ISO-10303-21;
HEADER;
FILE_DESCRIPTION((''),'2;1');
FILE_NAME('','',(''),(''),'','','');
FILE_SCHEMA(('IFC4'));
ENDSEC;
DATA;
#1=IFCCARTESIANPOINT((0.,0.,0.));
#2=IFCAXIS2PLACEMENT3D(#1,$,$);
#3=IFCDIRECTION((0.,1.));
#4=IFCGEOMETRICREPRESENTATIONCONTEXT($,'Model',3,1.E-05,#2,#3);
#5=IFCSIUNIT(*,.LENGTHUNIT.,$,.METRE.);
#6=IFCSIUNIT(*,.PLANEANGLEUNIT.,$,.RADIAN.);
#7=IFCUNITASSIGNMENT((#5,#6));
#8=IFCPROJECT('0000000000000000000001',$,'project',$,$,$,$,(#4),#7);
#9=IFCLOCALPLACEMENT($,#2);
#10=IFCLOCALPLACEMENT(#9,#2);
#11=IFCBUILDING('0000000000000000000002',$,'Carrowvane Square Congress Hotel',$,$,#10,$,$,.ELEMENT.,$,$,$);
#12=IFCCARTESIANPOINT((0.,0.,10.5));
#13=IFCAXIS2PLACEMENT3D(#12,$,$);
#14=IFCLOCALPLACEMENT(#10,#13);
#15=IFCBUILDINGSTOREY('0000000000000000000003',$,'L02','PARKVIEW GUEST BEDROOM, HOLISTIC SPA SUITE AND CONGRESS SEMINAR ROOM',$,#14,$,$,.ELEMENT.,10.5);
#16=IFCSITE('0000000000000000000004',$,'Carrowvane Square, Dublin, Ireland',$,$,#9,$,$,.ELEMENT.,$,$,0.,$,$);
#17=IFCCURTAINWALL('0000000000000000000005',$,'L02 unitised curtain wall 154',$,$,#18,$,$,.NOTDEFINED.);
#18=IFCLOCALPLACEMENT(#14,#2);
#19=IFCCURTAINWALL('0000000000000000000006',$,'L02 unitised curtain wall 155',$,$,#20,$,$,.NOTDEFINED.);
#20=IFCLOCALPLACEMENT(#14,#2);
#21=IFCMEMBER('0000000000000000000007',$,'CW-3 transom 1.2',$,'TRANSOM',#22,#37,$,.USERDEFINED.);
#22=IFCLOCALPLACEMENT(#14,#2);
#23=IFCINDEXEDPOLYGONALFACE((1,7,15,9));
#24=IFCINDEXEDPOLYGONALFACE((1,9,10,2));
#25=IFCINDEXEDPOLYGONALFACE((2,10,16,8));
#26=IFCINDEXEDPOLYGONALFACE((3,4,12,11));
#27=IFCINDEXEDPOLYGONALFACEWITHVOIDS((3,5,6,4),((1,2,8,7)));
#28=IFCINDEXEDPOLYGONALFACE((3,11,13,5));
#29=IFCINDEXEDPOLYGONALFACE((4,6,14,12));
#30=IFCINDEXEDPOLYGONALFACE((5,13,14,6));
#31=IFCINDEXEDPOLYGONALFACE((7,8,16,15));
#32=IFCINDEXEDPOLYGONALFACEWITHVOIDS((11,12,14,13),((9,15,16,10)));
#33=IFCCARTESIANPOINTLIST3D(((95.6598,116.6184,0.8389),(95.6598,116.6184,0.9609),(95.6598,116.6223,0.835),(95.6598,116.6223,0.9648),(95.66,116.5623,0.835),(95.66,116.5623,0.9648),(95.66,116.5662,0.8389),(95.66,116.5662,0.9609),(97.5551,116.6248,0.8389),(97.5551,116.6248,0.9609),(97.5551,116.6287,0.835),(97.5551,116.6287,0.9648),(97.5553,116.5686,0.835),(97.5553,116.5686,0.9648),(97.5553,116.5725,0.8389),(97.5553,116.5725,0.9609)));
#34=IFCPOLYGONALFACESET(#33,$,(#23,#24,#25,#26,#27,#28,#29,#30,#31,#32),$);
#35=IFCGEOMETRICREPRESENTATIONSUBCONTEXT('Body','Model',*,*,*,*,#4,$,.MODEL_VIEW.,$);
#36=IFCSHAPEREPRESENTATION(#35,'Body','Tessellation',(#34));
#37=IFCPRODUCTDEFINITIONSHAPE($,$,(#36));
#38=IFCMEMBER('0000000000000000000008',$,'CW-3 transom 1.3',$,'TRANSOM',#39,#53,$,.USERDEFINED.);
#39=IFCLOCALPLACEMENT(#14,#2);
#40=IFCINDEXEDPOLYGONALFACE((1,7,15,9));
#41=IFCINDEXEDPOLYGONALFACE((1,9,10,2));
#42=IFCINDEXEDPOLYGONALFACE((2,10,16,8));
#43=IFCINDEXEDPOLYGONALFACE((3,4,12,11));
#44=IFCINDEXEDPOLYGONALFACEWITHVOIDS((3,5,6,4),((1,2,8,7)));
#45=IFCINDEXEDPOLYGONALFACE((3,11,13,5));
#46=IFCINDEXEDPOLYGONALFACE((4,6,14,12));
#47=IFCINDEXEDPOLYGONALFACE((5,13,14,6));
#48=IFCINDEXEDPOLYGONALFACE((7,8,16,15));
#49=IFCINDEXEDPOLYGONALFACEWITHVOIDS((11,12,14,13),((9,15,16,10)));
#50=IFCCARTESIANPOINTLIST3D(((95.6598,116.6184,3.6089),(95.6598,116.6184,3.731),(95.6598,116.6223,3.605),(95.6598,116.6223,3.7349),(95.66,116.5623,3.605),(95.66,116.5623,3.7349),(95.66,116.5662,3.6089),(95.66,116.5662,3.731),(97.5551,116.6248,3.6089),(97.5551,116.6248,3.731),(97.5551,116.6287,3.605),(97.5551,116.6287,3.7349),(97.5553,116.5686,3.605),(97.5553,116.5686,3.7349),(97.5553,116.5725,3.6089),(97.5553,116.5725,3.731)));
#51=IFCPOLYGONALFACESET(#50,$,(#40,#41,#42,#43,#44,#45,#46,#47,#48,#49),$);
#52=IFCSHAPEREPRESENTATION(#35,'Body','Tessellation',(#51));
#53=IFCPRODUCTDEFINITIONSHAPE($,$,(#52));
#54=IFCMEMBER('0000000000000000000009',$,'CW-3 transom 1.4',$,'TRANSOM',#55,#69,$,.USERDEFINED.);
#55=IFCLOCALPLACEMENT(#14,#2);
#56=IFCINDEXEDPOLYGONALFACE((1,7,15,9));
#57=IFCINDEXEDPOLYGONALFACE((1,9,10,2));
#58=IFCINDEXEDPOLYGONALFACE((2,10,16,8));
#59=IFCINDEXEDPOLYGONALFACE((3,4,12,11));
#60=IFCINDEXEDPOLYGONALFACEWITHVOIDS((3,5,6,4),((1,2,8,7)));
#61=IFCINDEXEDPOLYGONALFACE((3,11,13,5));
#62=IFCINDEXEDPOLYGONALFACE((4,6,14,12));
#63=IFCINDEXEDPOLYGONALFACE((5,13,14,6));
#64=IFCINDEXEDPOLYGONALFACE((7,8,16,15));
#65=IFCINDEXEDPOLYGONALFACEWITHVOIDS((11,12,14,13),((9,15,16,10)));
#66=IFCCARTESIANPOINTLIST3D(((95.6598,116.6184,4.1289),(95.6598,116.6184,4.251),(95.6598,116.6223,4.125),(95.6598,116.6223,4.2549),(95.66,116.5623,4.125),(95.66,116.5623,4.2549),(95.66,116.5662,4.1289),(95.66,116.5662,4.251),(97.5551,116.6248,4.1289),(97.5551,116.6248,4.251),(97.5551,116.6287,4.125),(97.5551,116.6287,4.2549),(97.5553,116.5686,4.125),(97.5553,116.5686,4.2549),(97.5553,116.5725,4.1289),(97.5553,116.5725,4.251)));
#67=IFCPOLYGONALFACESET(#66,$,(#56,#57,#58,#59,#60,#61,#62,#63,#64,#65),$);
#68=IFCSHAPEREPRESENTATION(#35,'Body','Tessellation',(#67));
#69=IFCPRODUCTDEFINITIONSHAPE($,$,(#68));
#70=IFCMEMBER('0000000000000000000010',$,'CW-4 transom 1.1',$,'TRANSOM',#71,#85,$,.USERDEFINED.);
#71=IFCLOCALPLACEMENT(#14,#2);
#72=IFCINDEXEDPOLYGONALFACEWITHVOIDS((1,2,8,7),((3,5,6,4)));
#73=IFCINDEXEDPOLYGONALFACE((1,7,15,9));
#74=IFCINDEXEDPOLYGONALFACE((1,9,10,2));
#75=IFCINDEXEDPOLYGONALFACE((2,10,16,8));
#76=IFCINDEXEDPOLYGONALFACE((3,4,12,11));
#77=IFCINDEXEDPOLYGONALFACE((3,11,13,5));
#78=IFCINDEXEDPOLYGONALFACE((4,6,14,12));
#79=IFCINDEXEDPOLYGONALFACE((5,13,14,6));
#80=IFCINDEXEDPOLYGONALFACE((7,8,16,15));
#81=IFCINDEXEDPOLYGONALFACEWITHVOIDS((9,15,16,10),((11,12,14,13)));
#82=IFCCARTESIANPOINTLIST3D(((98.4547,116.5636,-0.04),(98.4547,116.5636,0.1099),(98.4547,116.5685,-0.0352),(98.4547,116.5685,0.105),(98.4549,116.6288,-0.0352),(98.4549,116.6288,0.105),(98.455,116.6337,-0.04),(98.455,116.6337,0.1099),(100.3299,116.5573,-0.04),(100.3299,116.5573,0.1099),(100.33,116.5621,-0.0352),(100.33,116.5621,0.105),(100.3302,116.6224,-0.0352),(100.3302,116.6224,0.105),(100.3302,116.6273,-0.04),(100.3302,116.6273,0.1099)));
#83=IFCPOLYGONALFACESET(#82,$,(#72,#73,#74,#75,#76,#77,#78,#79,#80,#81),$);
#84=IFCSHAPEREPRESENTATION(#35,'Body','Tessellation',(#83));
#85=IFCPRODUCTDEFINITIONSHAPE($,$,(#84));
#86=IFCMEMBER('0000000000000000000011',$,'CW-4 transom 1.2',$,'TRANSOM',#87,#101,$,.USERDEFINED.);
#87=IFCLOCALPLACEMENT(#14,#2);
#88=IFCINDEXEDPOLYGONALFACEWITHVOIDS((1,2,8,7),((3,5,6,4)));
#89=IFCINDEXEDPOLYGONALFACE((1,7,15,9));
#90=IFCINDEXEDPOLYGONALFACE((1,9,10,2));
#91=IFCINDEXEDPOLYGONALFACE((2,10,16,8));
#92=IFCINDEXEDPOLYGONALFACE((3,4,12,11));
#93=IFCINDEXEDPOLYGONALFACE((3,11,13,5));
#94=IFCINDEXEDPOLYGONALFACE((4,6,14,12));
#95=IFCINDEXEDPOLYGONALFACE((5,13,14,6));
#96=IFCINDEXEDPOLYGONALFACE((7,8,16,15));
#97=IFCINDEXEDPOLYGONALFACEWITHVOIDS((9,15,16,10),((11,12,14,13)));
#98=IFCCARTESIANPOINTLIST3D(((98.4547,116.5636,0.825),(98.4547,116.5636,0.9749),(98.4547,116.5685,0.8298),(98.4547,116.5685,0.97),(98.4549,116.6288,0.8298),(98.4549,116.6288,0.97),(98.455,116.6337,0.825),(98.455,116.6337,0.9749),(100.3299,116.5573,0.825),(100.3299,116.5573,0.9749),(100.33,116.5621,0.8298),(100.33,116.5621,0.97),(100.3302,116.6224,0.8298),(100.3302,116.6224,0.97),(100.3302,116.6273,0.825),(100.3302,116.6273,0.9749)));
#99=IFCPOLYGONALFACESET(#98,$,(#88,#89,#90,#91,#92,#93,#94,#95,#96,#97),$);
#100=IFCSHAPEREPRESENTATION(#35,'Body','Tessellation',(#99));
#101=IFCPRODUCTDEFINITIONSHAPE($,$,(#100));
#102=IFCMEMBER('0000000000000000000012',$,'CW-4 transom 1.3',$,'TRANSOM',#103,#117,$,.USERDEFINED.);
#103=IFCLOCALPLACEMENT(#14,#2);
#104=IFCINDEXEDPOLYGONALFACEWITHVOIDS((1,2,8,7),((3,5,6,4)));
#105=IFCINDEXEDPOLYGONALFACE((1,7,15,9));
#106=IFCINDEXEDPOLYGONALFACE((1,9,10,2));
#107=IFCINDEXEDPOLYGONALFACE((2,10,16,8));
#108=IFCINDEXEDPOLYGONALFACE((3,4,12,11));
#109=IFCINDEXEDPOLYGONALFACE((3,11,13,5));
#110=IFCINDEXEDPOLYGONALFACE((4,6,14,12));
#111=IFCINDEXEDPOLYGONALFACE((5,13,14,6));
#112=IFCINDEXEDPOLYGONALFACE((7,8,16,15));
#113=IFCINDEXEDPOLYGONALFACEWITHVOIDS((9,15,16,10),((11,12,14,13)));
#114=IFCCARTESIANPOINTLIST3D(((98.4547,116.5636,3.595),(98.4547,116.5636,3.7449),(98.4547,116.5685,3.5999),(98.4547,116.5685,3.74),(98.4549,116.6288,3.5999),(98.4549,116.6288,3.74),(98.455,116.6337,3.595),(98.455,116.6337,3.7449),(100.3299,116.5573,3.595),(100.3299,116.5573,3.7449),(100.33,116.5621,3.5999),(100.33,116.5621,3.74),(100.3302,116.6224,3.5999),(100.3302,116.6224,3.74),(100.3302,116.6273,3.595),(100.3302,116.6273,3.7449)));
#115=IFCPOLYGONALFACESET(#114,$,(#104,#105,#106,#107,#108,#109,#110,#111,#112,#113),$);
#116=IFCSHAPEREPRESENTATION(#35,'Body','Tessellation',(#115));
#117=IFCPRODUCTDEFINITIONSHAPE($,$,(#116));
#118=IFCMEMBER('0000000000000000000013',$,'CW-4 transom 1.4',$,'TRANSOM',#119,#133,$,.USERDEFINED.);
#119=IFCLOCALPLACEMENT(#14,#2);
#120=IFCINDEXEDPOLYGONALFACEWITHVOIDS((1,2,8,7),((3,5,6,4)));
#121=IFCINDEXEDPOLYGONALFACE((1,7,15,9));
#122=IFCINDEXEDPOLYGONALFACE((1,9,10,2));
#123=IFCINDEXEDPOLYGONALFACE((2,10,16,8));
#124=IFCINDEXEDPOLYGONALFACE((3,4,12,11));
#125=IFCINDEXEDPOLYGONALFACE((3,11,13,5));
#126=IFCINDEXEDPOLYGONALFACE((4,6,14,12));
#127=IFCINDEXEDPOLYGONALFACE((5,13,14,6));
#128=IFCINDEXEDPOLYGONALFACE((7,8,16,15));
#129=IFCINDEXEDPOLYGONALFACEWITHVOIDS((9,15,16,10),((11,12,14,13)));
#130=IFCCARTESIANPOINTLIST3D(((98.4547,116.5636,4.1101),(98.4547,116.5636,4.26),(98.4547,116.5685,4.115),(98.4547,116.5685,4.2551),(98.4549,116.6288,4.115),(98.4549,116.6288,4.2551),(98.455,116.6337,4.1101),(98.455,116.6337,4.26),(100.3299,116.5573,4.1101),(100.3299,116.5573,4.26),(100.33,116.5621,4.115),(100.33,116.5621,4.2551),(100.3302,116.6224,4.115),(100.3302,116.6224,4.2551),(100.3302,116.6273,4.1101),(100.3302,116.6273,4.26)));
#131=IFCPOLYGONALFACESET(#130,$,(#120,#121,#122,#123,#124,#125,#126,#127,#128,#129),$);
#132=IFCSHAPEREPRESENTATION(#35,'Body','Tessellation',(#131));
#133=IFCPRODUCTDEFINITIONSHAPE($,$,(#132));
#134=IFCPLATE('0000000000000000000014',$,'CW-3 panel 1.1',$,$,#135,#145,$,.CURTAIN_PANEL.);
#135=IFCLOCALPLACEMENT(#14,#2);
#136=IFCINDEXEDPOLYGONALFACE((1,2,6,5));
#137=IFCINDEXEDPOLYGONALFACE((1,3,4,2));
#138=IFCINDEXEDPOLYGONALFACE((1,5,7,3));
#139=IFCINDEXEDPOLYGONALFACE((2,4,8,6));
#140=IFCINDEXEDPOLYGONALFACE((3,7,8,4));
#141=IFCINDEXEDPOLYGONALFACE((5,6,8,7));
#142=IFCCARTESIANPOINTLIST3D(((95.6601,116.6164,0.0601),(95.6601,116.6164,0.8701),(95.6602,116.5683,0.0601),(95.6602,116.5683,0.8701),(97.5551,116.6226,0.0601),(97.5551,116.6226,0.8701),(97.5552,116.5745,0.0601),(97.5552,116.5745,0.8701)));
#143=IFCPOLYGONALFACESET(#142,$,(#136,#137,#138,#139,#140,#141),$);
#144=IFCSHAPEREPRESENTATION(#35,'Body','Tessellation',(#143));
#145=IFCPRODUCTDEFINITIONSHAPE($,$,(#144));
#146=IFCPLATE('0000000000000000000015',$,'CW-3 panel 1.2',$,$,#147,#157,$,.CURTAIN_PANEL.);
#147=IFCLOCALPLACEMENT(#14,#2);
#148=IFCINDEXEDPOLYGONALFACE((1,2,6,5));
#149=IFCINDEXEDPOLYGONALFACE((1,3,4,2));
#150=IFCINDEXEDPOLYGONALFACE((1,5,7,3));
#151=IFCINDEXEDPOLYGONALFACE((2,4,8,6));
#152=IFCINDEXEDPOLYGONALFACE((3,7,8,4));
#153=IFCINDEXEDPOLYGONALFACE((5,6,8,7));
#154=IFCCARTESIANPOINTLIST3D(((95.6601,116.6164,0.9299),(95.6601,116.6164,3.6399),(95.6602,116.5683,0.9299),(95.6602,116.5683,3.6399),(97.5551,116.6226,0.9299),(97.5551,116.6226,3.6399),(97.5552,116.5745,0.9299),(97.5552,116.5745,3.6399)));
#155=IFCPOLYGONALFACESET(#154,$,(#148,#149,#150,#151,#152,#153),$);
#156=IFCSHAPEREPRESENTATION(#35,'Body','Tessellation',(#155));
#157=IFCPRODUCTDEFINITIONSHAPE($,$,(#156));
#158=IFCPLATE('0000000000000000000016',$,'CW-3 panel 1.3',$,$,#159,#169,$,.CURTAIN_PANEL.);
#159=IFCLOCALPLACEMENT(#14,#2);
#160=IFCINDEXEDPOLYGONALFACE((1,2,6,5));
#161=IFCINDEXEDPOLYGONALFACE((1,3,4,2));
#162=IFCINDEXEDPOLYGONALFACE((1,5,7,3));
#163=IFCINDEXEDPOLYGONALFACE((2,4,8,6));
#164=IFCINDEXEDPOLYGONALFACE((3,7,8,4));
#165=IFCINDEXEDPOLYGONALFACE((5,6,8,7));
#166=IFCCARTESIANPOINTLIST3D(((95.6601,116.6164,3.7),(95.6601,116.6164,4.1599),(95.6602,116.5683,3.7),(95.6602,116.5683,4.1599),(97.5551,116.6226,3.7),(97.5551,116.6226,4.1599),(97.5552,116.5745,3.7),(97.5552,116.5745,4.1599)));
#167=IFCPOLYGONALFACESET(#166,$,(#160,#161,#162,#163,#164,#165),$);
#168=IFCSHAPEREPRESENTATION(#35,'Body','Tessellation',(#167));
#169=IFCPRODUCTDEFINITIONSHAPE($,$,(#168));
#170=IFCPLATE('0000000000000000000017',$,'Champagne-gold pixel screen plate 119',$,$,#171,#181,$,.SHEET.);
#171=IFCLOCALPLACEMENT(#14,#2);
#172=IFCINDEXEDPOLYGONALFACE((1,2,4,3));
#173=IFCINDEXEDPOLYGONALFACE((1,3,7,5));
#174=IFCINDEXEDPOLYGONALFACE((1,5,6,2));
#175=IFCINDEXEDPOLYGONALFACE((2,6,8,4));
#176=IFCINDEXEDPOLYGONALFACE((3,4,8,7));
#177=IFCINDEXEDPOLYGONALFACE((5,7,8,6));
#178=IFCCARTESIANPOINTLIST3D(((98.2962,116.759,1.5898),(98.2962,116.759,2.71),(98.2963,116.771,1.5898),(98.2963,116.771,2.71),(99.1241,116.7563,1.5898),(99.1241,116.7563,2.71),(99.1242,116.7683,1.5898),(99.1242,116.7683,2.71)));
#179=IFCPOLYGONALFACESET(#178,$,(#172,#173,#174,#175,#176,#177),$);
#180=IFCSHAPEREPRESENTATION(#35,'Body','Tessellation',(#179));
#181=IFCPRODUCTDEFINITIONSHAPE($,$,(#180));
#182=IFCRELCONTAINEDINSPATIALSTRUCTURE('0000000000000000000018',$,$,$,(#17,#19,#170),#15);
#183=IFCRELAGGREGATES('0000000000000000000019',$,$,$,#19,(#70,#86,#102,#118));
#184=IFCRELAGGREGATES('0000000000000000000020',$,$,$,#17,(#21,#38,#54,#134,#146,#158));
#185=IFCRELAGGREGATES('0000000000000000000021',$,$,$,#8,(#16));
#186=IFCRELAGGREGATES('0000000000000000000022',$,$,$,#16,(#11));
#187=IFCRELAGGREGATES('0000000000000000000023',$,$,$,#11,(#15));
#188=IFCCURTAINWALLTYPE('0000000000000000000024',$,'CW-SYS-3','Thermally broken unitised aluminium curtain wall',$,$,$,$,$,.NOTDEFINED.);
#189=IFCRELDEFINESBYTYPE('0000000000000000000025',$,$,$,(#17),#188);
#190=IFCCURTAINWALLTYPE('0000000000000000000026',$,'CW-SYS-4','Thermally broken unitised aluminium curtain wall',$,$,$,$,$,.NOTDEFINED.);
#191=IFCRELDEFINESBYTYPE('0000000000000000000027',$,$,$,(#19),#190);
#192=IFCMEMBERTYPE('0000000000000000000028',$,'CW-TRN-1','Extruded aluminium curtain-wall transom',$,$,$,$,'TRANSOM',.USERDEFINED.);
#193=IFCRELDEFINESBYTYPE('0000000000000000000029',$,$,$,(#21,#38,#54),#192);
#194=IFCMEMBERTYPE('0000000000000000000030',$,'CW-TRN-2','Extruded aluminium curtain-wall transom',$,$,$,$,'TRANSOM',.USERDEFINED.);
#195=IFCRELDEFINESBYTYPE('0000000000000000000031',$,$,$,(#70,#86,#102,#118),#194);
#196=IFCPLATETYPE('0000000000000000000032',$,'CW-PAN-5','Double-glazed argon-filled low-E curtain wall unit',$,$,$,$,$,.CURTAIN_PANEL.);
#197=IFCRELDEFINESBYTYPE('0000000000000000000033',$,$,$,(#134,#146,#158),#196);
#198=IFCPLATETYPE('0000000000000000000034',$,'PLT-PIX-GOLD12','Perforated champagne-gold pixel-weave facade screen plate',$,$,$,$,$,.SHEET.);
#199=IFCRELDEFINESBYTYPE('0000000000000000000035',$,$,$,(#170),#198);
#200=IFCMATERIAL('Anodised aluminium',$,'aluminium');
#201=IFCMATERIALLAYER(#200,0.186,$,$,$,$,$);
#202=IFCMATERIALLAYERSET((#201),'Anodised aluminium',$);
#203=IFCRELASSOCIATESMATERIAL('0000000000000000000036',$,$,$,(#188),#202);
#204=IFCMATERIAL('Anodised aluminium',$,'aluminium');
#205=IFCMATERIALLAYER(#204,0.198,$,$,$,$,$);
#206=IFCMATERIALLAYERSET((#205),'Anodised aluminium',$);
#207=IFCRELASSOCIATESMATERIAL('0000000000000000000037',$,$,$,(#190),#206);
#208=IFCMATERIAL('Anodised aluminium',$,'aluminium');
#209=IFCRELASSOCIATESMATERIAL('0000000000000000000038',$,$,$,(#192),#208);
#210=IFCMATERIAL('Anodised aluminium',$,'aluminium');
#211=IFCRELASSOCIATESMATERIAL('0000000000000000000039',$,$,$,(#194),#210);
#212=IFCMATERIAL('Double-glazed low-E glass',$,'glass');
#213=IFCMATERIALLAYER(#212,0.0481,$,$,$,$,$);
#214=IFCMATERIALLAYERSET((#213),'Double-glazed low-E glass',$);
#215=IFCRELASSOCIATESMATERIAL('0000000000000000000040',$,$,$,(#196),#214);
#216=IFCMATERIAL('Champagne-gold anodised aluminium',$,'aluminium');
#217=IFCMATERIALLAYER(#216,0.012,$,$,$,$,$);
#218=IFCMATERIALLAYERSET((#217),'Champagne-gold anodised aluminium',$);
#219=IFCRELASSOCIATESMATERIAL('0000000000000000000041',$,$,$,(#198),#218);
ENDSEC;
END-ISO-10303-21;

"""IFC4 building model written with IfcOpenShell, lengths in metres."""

from ifc_helpers import new_model, si_unit, direction, frame, origin, origin_2d, place, context, subcontext, project, spatial, rectangle, hollow_rectangle, extrude, material, layer, layer_set, material_profile, profile_set, type_object, element, aggregate, save


model = new_model("IFC4")

# Units and contexts
model_context = context("Model", 3, precision=1e-05, world=origin(), true_north=direction((0.0, 1.0)))
body_context = subcontext(model_context, "Body", "Model", "MODEL_VIEW")
ifc_project = project(units=[si_unit("LENGTHUNIT", "METRE"), si_unit("PLANEANGLEUNIT", "RADIAN")], contexts=[model_context])

# Site, building, storey
site_placement = place(None, origin())
site = spatial("IfcSite", under=ifc_project, at=site_placement, Name="Carrowvane Square, Dublin, Ireland", CompositionType="ELEMENT", RefElevation=0.0)
building_placement = place(site_placement, origin())
building = spatial("IfcBuilding", under=site, at=building_placement, Name="Carrowvane Square Congress Hotel", CompositionType="ELEMENT")
storey_placement = place(building_placement, frame((0.0, 0.0, 10.5)))
storey = spatial("IfcBuildingStorey", under=building, at=storey_placement, Name="L02", Description="PARKVIEW GUEST BEDROOM, HOLISTIC SPA SUITE AND CONGRESS SEMINAR ROOM", CompositionType="ELEMENT", Elevation=10.5)

# Curtain wall
ifc_material_1 = material(Name="Anodised aluminium", Category="aluminium")
ifc_layer_1 = layer(ifc_material_1, 0.186)
ifc_layer_set_1 = layer_set([ifc_layer_1], Name="Anodised aluminium")
curtain_wall_type_1 = type_object("IfcCurtainWallType", Name="CW-SYS-3", Description="Thermally broken unitised aluminium curtain wall", PredefinedType="NOTDEFINED", material=ifc_layer_set_1)
curtain_wall_1_placement = place(storey_placement, origin())
curtain_wall_1 = element("IfcCurtainWall", 1, at=curtain_wall_1_placement, inside=storey, type_object=curtain_wall_type_1, Name="L02 unitised curtain wall 154", PredefinedType="NOTDEFINED")

# Curtain wall
ifc_material_2 = material(Name="Anodised aluminium", Category="aluminium")
ifc_layer_2 = layer(ifc_material_2, 0.198)
ifc_layer_set_2 = layer_set([ifc_layer_2], Name="Anodised aluminium")
curtain_wall_type_2 = type_object("IfcCurtainWallType", Name="CW-SYS-4", Description="Thermally broken unitised aluminium curtain wall", PredefinedType="NOTDEFINED", material=ifc_layer_set_2)
curtain_wall_2_placement = place(storey_placement, origin())
curtain_wall_2 = element("IfcCurtainWall", 2, at=curtain_wall_2_placement, inside=storey, type_object=curtain_wall_type_2, Name="L02 unitised curtain wall 155", PredefinedType="NOTDEFINED")

# Members
ifc_material_3 = material(Name="Anodised aluminium", Category="aluminium")
ifc_material_profile_1 = material_profile(ifc_material_3, hollow_rectangle(XDim=0.0601, YDim=0.1299, WallThickness=0.0039, at=origin_2d()), Name="CW-TR 60x130x4")
ifc_profile_set_1 = profile_set([ifc_material_profile_1], Name="Anodised aluminium")
member_type_1 = type_object("IfcMemberType", Name="CW-TRN-1", Description="Extruded aluminium curtain-wall transom", ElementType="TRANSOM", PredefinedType="USERDEFINED", material=ifc_profile_set_1)
member_1_placement = place(storey_placement, frame((95.6599, 116.5923, 0.8999), z_axis=(0.999994, 0.003349, 0.0), x_axis=(-0.003349, 0.999994, 0.0)))
member_1 = element("IfcMember", 3, at=member_1_placement, type_object=member_type_1, Name="CW-3 transom 1.2", ObjectType="TRANSOM", PredefinedType="USERDEFINED", context=body_context, shape_type="SweptSolid", body=[
    extrude(hollow_rectangle(XDim=0.0601, YDim=0.1299, WallThickness=0.0039, at=origin_2d()), origin(), (0.0, 0.0, 1.0), 1.8953),
])
member_2_placement = place(storey_placement, frame((95.6599, 116.5923, 3.6699), z_axis=(0.999994, 0.003349, 0.0), x_axis=(-0.003349, 0.999994, 0.0)))
member_2 = element("IfcMember", 4, at=member_2_placement, type_object=member_type_1, Name="CW-3 transom 1.3", ObjectType="TRANSOM", PredefinedType="USERDEFINED", context=body_context, shape_type="SweptSolid", body=[
    extrude(hollow_rectangle(XDim=0.0601, YDim=0.1299, WallThickness=0.0039, at=origin_2d()), origin(), (0.0, 0.0, 1.0), 1.8953),
])
member_3_placement = place(storey_placement, frame((95.6599, 116.5923, 4.1899), z_axis=(0.999994, 0.003349, 0.0), x_axis=(-0.003349, 0.999994, 0.0)))
member_3 = element("IfcMember", 5, at=member_3_placement, type_object=member_type_1, Name="CW-3 transom 1.4", ObjectType="TRANSOM", PredefinedType="USERDEFINED", context=body_context, shape_type="SweptSolid", body=[
    extrude(hollow_rectangle(XDim=0.0601, YDim=0.1299, WallThickness=0.0039, at=origin_2d()), origin(), (0.0, 0.0, 1.0), 1.8953),
])
ifc_material_4 = material(Name="Anodised aluminium", Category="aluminium")
ifc_material_profile_2 = material_profile(ifc_material_4, hollow_rectangle(XDim=0.0701, YDim=0.1499, WallThickness=0.0049, at=origin_2d()), Name="CW-TR 70x150x5")
ifc_profile_set_2 = profile_set([ifc_material_profile_2], Name="Anodised aluminium")
member_type_2 = type_object("IfcMemberType", Name="CW-TRN-2", Description="Extruded aluminium curtain-wall transom", ElementType="TRANSOM", PredefinedType="USERDEFINED", material=ifc_profile_set_2)
member_4_placement = place(storey_placement, frame((98.4548, 116.5986, 0.0349), z_axis=(0.999994, -0.003385, 0.0), x_axis=(0.003385, 0.999994, 0.0)))
member_4 = element("IfcMember", 6, at=member_4_placement, type_object=member_type_2, Name="CW-4 transom 1.1", ObjectType="TRANSOM", PredefinedType="USERDEFINED", context=body_context, shape_type="SweptSolid", body=[
    extrude(hollow_rectangle(XDim=0.0701, YDim=0.1499, WallThickness=0.0049, at=origin_2d()), origin(), (0.0, 0.0, 1.0), 1.8752),
])
member_5_placement = place(storey_placement, frame((98.4548, 116.5986, 0.8999), z_axis=(0.999994, -0.003385, 0.0), x_axis=(0.003385, 0.999994, 0.0)))
member_5 = element("IfcMember", 7, at=member_5_placement, type_object=member_type_2, Name="CW-4 transom 1.2", ObjectType="TRANSOM", PredefinedType="USERDEFINED", context=body_context, shape_type="SweptSolid", body=[
    extrude(hollow_rectangle(XDim=0.0701, YDim=0.1499, WallThickness=0.0049, at=origin_2d()), origin(), (0.0, 0.0, 1.0), 1.8752),
])
member_6_placement = place(storey_placement, frame((98.4548, 116.5986, 3.6699), z_axis=(0.999994, -0.003385, 0.0), x_axis=(0.003385, 0.999994, 0.0)))
member_6 = element("IfcMember", 8, at=member_6_placement, type_object=member_type_2, Name="CW-4 transom 1.3", ObjectType="TRANSOM", PredefinedType="USERDEFINED", context=body_context, shape_type="SweptSolid", body=[
    extrude(hollow_rectangle(XDim=0.0701, YDim=0.1499, WallThickness=0.0049, at=origin_2d()), origin(), (0.0, 0.0, 1.0), 1.8752),
])
member_7_placement = place(storey_placement, frame((98.4548, 116.5986, 4.1851), z_axis=(0.999994, -0.003385, 0.0), x_axis=(0.003385, 0.999994, 0.0)))
member_7 = element("IfcMember", 9, at=member_7_placement, type_object=member_type_2, Name="CW-4 transom 1.4", ObjectType="TRANSOM", PredefinedType="USERDEFINED", context=body_context, shape_type="SweptSolid", body=[
    extrude(hollow_rectangle(XDim=0.0701, YDim=0.1499, WallThickness=0.0049, at=origin_2d()), origin(), (0.0, 0.0, 1.0), 1.8752),
])
aggregate(curtain_wall_2, [member_4, member_5, member_6, member_7])

# Plates
ifc_material_5 = material(Name="Double-glazed low-E glass", Category="glass")
ifc_layer_3 = layer(ifc_material_5, 0.0481)
ifc_layer_set_3 = layer_set([ifc_layer_3], Name="Double-glazed low-E glass")
plate_type_1 = type_object("IfcPlateType", Name="CW-PAN-5", Description="Double-glazed argon-filled low-E curtain wall unit", PredefinedType="CURTAIN_PANEL", material=ifc_layer_set_3)
plate_1_placement = place(storey_placement, frame((96.6077, 116.5955, 0.0601), z_axis=(0.0, 0.0, 1.0), x_axis=(0.999995, 0.00327, 0.0)))
plate_1 = element("IfcPlate", 10, at=plate_1_placement, type_object=plate_type_1, Name="CW-3 panel 1.1", PredefinedType="CURTAIN_PANEL", context=body_context, shape_type="SweptSolid", body=[
    extrude(rectangle(XDim=1.895, YDim=0.0481, at=origin_2d()), origin(), (0.0, 0.0, 1.0), 0.8101),
])
plate_2_placement = place(storey_placement, frame((96.6077, 116.5955, 0.9299), z_axis=(0.0, 0.0, 1.0), x_axis=(0.999995, 0.00327, 0.0)))
plate_2 = element("IfcPlate", 11, at=plate_2_placement, type_object=plate_type_1, Name="CW-3 panel 1.2", PredefinedType="CURTAIN_PANEL", context=body_context, shape_type="SweptSolid", body=[
    extrude(rectangle(XDim=1.895, YDim=0.0481, at=origin_2d()), origin(), (0.0, 0.0, 1.0), 2.71),
])
plate_3_placement = place(storey_placement, frame((96.6077, 116.5955, 3.7), z_axis=(0.0, 0.0, 1.0), x_axis=(0.999995, 0.00327, 0.0)))
plate_3 = element("IfcPlate", 12, at=plate_3_placement, type_object=plate_type_1, Name="CW-3 panel 1.3", PredefinedType="CURTAIN_PANEL", context=body_context, shape_type="SweptSolid", body=[
    extrude(rectangle(XDim=1.895, YDim=0.0481, at=origin_2d()), origin(), (0.0, 0.0, 1.0), 0.46),
])
aggregate(curtain_wall_1, [member_1, member_2, member_3, plate_1, plate_2, plate_3])

# Plate
ifc_material_6 = material(Name="Champagne-gold anodised aluminium", Category="aluminium")
ifc_layer_4 = layer(ifc_material_6, 0.012)
ifc_layer_set_4 = layer_set([ifc_layer_4], Name="Champagne-gold anodised aluminium")
plate_type_2 = type_object("IfcPlateType", Name="PLT-PIX-GOLD12", Description="Perforated champagne-gold pixel-weave facade screen plate", PredefinedType="SHEET", material=ifc_layer_set_4)
plate_4_placement = place(storey_placement, frame((98.7102, 116.7637, 1.5898), z_axis=(0.0, 0.0, 1.0), x_axis=(0.999995, -0.00327, 0.0)))
element("IfcPlate", 13, at=plate_4_placement, inside=storey, type_object=plate_type_2, Name="Champagne-gold pixel screen plate 119", PredefinedType="SHEET", context=body_context, shape_type="SweptSolid", body=[
    extrude(rectangle(XDim=0.8279, YDim=0.012, at=origin_2d()), origin(), (0.0, 0.0, 1.0), 1.1201),
])

save(model, "model.ifc")
